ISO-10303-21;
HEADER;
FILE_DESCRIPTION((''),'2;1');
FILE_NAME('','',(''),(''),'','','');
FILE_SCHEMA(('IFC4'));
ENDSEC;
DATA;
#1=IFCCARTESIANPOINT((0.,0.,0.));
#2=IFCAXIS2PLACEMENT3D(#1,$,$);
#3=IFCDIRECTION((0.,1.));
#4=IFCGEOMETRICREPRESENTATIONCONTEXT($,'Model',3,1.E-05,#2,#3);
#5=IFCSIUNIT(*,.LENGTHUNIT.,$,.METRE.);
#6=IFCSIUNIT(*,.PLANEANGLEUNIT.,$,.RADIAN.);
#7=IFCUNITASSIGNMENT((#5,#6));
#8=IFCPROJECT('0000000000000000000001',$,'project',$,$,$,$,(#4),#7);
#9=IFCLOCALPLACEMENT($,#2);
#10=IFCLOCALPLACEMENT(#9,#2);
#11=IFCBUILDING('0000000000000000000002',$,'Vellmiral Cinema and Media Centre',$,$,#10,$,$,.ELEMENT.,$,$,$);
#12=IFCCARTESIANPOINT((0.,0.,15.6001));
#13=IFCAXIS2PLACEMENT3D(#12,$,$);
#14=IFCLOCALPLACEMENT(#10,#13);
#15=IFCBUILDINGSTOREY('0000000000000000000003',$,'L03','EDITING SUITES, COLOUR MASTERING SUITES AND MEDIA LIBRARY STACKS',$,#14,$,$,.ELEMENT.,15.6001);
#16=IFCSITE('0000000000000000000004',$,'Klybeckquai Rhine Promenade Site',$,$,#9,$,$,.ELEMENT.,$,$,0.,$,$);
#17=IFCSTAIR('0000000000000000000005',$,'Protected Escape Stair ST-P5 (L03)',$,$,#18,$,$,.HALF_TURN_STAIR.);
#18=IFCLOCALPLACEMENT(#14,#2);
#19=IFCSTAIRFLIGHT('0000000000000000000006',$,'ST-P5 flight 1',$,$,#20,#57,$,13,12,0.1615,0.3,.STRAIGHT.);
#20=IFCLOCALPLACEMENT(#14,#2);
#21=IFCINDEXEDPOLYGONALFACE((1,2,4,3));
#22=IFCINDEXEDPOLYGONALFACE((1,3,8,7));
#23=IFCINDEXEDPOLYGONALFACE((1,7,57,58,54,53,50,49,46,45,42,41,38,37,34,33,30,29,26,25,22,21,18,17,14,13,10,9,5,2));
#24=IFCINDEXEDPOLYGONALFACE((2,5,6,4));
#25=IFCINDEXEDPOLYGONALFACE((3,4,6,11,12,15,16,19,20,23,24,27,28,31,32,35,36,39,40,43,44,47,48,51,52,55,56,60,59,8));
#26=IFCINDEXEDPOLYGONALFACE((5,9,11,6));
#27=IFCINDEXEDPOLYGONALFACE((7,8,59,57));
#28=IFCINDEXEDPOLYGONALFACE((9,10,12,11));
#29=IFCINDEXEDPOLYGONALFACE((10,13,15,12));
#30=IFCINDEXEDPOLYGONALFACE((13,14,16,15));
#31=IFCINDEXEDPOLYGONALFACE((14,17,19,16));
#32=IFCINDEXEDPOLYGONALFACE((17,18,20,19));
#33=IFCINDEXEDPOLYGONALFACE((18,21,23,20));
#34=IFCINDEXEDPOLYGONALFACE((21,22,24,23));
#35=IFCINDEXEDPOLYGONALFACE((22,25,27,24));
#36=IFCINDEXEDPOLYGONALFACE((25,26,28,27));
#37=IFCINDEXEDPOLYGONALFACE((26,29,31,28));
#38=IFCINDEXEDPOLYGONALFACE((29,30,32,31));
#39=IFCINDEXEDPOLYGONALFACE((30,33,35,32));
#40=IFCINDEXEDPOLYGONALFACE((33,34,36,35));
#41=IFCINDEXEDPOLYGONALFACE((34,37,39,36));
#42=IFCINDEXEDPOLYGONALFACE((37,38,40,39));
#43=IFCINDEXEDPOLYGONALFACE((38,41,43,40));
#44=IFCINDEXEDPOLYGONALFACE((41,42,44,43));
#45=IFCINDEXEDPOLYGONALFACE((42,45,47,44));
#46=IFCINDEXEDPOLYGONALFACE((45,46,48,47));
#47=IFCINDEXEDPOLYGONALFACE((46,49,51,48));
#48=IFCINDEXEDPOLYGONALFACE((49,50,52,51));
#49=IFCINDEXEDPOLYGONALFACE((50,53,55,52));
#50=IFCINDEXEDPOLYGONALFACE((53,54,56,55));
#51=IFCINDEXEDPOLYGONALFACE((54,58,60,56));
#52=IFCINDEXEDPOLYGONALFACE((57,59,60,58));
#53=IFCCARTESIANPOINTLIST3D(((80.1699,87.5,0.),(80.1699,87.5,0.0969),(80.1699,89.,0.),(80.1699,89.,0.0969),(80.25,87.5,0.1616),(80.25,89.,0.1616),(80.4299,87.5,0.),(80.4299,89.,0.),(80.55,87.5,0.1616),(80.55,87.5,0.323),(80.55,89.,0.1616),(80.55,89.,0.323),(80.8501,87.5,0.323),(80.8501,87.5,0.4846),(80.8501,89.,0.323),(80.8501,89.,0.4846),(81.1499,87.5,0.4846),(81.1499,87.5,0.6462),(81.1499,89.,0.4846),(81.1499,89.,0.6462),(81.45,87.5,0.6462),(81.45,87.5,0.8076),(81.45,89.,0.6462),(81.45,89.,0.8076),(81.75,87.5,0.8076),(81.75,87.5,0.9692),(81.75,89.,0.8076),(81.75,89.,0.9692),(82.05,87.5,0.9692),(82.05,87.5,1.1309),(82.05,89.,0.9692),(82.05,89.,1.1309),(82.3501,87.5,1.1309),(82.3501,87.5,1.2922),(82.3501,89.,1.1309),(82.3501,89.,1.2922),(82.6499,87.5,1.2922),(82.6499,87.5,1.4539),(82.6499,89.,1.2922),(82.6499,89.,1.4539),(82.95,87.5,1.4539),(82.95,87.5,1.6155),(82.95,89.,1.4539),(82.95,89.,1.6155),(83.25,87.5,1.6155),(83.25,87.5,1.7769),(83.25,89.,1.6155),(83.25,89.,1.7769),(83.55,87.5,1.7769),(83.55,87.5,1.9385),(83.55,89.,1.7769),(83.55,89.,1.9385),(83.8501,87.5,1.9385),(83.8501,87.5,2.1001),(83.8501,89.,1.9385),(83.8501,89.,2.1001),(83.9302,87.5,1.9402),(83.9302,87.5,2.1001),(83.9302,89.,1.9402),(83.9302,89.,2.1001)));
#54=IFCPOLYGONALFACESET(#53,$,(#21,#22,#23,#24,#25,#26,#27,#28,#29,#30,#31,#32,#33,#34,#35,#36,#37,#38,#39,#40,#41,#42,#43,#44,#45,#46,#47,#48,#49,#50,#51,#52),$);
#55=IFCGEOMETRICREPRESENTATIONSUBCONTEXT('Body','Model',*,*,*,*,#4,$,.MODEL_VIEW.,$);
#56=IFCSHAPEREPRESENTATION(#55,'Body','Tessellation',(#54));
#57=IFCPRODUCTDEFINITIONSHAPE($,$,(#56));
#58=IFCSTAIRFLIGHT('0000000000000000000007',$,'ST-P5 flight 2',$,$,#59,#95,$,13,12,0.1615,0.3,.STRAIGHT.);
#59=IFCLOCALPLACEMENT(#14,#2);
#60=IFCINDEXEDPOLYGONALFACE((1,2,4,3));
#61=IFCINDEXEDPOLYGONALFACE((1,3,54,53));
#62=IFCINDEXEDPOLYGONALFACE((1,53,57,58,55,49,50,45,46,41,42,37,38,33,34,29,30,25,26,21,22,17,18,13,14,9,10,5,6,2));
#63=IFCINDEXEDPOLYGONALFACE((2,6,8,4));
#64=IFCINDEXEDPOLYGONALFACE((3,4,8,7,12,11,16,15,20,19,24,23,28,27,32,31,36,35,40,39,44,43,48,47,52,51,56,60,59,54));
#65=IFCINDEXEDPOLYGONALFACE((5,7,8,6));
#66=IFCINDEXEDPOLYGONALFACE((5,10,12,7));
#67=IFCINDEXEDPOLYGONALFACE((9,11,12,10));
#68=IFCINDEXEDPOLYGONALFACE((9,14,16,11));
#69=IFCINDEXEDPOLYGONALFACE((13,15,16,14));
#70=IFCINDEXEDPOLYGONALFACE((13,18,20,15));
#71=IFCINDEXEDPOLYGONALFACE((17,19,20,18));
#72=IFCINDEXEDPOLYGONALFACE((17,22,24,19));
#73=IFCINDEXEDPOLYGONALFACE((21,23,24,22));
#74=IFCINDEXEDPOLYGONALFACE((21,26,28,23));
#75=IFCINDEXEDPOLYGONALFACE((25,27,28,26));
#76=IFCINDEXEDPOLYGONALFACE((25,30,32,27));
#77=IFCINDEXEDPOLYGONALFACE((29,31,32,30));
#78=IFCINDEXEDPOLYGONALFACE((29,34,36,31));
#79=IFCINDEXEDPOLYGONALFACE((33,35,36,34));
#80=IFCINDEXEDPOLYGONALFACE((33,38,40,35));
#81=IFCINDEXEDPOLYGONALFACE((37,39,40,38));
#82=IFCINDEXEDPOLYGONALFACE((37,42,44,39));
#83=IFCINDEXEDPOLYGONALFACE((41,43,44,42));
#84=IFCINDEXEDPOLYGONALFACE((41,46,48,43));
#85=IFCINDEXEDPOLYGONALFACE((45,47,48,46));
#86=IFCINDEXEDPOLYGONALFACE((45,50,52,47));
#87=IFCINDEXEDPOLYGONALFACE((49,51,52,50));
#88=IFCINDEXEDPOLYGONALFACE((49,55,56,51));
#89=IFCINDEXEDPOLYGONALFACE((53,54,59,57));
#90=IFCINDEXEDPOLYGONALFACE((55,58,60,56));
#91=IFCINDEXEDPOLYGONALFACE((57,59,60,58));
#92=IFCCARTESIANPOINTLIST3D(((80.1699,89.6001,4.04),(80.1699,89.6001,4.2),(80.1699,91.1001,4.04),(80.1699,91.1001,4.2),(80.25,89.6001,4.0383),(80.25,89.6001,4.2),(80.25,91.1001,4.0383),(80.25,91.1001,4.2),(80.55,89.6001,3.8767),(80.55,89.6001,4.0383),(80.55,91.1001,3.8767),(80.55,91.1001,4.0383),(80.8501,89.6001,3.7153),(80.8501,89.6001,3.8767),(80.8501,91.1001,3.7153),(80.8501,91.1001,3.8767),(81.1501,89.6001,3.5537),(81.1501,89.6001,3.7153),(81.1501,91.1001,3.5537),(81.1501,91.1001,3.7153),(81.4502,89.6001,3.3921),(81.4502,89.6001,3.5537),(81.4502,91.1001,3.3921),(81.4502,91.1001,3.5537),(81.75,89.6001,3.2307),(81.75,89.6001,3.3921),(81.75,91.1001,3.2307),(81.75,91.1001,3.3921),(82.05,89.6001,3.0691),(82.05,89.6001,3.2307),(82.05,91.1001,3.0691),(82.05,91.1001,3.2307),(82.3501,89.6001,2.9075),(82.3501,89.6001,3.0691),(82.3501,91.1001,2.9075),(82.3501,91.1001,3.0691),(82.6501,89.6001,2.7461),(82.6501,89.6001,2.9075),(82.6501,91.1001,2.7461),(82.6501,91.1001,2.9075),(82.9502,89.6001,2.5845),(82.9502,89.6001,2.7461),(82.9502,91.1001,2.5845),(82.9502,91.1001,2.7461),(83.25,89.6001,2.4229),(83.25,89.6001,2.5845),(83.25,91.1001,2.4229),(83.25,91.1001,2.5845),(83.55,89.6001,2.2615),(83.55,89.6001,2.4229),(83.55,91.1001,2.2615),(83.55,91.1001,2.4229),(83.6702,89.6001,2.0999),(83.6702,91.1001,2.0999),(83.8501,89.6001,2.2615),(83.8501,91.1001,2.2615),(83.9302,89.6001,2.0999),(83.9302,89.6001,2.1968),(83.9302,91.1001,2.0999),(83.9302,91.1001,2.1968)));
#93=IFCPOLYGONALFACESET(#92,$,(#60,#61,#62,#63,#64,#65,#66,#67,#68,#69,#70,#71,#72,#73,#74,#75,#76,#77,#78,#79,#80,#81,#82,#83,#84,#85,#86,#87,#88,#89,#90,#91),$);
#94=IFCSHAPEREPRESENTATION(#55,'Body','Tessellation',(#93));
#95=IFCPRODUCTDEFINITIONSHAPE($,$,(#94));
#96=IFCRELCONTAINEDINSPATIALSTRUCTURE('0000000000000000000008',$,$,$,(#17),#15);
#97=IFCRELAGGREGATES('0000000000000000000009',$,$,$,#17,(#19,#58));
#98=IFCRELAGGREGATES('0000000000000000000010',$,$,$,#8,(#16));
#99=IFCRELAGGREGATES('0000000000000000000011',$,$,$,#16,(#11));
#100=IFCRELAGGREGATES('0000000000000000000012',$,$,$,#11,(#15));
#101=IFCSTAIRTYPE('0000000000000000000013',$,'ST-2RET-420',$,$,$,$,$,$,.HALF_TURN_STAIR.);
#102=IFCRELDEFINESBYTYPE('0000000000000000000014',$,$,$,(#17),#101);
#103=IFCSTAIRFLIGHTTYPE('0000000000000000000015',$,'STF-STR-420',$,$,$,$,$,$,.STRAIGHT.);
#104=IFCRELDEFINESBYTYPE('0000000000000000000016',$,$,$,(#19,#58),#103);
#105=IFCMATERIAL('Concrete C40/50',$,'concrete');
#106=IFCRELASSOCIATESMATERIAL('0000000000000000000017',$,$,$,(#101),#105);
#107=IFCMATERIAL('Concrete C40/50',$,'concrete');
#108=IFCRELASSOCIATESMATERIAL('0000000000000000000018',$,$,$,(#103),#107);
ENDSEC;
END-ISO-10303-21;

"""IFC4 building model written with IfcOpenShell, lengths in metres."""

from ifc_helpers import new_model, si_unit, direction, frame, origin, place, context, subcontext, project, spatial, polyline, outline, extrude, material, type_object, element, aggregate, save


model = new_model("IFC4")

# Units and contexts
model_context = context("Model", 3, precision=1e-05, world=origin(), true_north=direction((0.0, 1.0)))
body_context = subcontext(model_context, "Body", "Model", "MODEL_VIEW")
ifc_project = project(units=[si_unit("LENGTHUNIT", "METRE"), si_unit("PLANEANGLEUNIT", "RADIAN")], contexts=[model_context])

# Site, building, storey
site_placement = place(None, origin())
site = spatial("IfcSite", under=ifc_project, at=site_placement, Name="Klybeckquai Rhine Promenade Site", CompositionType="ELEMENT", RefElevation=0.0)
building_placement = place(site_placement, origin())
building = spatial("IfcBuilding", under=site, at=building_placement, Name="Vellmiral Cinema and Media Centre", CompositionType="ELEMENT")
storey_placement = place(building_placement, frame((0.0, 0.0, 15.6001)))
storey = spatial("IfcBuildingStorey", under=building, at=storey_placement, Name="L03", Description="EDITING SUITES, COLOUR MASTERING SUITES AND MEDIA LIBRARY STACKS", CompositionType="ELEMENT", Elevation=15.6001)

# Stair, stair flights
ifc_material_1 = material(Name="Concrete C40/50", Category="concrete")
stair_type = type_object("IfcStairType", Name="ST-2RET-420", PredefinedType="HALF_TURN_STAIR", material=ifc_material_1)
stair_placement = place(storey_placement, origin())
stair = element("IfcStair", 1, at=stair_placement, inside=storey, type_object=stair_type, Name="Protected Escape Stair ST-P5 (L03)", PredefinedType="HALF_TURN_STAIR")
ifc_material_2 = material(Name="Concrete C40/50", Category="concrete")
stair_flight_type = type_object("IfcStairFlightType", Name="STF-STR-420", PredefinedType="STRAIGHT", material=ifc_material_2)
stair_flight_1_placement = place(storey_placement, frame((80.25, 88.25, 0.0), z_axis=(0.0, 0.0, 1.0), x_axis=(1.0, 0.0, 0.0)))
stair_flight_1 = element("IfcStairFlight", 2, at=stair_flight_1_placement, type_object=stair_flight_type, Name="ST-P5 flight 1", NumberOfRisers=13, NumberOfTreads=12, PredefinedType="STRAIGHT", RiserHeight=0.1615, TreadLength=0.3, context=body_context, shape_type="SweptSolid", body=[
    extrude(outline(polyline([(-0.0801, 0.0), (-0.0801, 0.0969), (0.0, 0.1616), (0.3, 0.1616), (0.3, 0.323), (0.6001, 0.323), (0.6001, 0.4846), (0.8999, 0.4846), (0.8999, 0.6462), (1.2, 0.6462), (1.2, 0.8076), (1.5, 0.8076), (1.5, 0.9692), (1.8, 0.9692), (1.8, 1.1309), (2.1001, 1.1309), (2.1001, 1.2922), (2.3999, 1.2922), (2.3999, 1.4539), (2.7, 1.4539), (2.7, 1.6155), (3.0, 1.6155), (3.0, 1.7769), (3.3, 1.7769), (3.3, 1.9385), (3.6001, 1.9385), (3.6001, 2.1001), (3.6802, 2.1001), (3.6802, 1.9402), (0.1799, 0.0), (-0.0801, 0.0)])), frame((0.0, 0.75, 0.0), z_axis=(0.0, -1.0, 0.0), x_axis=(1.0, 0.0, 0.0)), (0.0, 0.0, 1.0), 1.5),
])
stair_flight_2_placement = place(storey_placement, frame((83.8501, 90.3501, 2.0999), z_axis=(0.0, 0.0, 1.0), x_axis=(-1.0, 0.0, 0.0)))
stair_flight_2 = element("IfcStairFlight", 3, at=stair_flight_2_placement, type_object=stair_flight_type, Name="ST-P5 flight 2", NumberOfRisers=13, NumberOfTreads=12, PredefinedType="STRAIGHT", RiserHeight=0.1615, TreadLength=0.3, context=body_context, shape_type="SweptSolid", body=[
    extrude(outline(polyline([(-0.0801, 0.0), (-0.0801, 0.0969), (0.0, 0.1616), (0.3, 0.1616), (0.3, 0.323), (0.6001, 0.323), (0.6001, 0.4846), (0.8999, 0.4846), (0.8999, 0.6462), (1.2, 0.6462), (1.2, 0.8076), (1.5, 0.8076), (1.5, 0.9692), (1.8, 0.9692), (1.8, 1.1309), (2.1001, 1.1309), (2.1001, 1.2922), (2.3999, 1.2922), (2.3999, 1.4539), (2.7, 1.4539), (2.7, 1.6155), (3.0, 1.6155), (3.0, 1.7769), (3.3, 1.7769), (3.3, 1.9385), (3.6001, 1.9385), (3.6001, 2.1001), (3.6802, 2.1001), (3.6802, 1.9402), (0.1799, 0.0), (-0.0801, 0.0)])), frame((0.0, 0.75, 0.0), z_axis=(0.0, -1.0, 0.0), x_axis=(1.0, 0.0, 0.0)), (0.0, 0.0, 1.0), 1.5),
])
aggregate(stair, [stair_flight_1, stair_flight_2])

save(model, "model.ifc")
